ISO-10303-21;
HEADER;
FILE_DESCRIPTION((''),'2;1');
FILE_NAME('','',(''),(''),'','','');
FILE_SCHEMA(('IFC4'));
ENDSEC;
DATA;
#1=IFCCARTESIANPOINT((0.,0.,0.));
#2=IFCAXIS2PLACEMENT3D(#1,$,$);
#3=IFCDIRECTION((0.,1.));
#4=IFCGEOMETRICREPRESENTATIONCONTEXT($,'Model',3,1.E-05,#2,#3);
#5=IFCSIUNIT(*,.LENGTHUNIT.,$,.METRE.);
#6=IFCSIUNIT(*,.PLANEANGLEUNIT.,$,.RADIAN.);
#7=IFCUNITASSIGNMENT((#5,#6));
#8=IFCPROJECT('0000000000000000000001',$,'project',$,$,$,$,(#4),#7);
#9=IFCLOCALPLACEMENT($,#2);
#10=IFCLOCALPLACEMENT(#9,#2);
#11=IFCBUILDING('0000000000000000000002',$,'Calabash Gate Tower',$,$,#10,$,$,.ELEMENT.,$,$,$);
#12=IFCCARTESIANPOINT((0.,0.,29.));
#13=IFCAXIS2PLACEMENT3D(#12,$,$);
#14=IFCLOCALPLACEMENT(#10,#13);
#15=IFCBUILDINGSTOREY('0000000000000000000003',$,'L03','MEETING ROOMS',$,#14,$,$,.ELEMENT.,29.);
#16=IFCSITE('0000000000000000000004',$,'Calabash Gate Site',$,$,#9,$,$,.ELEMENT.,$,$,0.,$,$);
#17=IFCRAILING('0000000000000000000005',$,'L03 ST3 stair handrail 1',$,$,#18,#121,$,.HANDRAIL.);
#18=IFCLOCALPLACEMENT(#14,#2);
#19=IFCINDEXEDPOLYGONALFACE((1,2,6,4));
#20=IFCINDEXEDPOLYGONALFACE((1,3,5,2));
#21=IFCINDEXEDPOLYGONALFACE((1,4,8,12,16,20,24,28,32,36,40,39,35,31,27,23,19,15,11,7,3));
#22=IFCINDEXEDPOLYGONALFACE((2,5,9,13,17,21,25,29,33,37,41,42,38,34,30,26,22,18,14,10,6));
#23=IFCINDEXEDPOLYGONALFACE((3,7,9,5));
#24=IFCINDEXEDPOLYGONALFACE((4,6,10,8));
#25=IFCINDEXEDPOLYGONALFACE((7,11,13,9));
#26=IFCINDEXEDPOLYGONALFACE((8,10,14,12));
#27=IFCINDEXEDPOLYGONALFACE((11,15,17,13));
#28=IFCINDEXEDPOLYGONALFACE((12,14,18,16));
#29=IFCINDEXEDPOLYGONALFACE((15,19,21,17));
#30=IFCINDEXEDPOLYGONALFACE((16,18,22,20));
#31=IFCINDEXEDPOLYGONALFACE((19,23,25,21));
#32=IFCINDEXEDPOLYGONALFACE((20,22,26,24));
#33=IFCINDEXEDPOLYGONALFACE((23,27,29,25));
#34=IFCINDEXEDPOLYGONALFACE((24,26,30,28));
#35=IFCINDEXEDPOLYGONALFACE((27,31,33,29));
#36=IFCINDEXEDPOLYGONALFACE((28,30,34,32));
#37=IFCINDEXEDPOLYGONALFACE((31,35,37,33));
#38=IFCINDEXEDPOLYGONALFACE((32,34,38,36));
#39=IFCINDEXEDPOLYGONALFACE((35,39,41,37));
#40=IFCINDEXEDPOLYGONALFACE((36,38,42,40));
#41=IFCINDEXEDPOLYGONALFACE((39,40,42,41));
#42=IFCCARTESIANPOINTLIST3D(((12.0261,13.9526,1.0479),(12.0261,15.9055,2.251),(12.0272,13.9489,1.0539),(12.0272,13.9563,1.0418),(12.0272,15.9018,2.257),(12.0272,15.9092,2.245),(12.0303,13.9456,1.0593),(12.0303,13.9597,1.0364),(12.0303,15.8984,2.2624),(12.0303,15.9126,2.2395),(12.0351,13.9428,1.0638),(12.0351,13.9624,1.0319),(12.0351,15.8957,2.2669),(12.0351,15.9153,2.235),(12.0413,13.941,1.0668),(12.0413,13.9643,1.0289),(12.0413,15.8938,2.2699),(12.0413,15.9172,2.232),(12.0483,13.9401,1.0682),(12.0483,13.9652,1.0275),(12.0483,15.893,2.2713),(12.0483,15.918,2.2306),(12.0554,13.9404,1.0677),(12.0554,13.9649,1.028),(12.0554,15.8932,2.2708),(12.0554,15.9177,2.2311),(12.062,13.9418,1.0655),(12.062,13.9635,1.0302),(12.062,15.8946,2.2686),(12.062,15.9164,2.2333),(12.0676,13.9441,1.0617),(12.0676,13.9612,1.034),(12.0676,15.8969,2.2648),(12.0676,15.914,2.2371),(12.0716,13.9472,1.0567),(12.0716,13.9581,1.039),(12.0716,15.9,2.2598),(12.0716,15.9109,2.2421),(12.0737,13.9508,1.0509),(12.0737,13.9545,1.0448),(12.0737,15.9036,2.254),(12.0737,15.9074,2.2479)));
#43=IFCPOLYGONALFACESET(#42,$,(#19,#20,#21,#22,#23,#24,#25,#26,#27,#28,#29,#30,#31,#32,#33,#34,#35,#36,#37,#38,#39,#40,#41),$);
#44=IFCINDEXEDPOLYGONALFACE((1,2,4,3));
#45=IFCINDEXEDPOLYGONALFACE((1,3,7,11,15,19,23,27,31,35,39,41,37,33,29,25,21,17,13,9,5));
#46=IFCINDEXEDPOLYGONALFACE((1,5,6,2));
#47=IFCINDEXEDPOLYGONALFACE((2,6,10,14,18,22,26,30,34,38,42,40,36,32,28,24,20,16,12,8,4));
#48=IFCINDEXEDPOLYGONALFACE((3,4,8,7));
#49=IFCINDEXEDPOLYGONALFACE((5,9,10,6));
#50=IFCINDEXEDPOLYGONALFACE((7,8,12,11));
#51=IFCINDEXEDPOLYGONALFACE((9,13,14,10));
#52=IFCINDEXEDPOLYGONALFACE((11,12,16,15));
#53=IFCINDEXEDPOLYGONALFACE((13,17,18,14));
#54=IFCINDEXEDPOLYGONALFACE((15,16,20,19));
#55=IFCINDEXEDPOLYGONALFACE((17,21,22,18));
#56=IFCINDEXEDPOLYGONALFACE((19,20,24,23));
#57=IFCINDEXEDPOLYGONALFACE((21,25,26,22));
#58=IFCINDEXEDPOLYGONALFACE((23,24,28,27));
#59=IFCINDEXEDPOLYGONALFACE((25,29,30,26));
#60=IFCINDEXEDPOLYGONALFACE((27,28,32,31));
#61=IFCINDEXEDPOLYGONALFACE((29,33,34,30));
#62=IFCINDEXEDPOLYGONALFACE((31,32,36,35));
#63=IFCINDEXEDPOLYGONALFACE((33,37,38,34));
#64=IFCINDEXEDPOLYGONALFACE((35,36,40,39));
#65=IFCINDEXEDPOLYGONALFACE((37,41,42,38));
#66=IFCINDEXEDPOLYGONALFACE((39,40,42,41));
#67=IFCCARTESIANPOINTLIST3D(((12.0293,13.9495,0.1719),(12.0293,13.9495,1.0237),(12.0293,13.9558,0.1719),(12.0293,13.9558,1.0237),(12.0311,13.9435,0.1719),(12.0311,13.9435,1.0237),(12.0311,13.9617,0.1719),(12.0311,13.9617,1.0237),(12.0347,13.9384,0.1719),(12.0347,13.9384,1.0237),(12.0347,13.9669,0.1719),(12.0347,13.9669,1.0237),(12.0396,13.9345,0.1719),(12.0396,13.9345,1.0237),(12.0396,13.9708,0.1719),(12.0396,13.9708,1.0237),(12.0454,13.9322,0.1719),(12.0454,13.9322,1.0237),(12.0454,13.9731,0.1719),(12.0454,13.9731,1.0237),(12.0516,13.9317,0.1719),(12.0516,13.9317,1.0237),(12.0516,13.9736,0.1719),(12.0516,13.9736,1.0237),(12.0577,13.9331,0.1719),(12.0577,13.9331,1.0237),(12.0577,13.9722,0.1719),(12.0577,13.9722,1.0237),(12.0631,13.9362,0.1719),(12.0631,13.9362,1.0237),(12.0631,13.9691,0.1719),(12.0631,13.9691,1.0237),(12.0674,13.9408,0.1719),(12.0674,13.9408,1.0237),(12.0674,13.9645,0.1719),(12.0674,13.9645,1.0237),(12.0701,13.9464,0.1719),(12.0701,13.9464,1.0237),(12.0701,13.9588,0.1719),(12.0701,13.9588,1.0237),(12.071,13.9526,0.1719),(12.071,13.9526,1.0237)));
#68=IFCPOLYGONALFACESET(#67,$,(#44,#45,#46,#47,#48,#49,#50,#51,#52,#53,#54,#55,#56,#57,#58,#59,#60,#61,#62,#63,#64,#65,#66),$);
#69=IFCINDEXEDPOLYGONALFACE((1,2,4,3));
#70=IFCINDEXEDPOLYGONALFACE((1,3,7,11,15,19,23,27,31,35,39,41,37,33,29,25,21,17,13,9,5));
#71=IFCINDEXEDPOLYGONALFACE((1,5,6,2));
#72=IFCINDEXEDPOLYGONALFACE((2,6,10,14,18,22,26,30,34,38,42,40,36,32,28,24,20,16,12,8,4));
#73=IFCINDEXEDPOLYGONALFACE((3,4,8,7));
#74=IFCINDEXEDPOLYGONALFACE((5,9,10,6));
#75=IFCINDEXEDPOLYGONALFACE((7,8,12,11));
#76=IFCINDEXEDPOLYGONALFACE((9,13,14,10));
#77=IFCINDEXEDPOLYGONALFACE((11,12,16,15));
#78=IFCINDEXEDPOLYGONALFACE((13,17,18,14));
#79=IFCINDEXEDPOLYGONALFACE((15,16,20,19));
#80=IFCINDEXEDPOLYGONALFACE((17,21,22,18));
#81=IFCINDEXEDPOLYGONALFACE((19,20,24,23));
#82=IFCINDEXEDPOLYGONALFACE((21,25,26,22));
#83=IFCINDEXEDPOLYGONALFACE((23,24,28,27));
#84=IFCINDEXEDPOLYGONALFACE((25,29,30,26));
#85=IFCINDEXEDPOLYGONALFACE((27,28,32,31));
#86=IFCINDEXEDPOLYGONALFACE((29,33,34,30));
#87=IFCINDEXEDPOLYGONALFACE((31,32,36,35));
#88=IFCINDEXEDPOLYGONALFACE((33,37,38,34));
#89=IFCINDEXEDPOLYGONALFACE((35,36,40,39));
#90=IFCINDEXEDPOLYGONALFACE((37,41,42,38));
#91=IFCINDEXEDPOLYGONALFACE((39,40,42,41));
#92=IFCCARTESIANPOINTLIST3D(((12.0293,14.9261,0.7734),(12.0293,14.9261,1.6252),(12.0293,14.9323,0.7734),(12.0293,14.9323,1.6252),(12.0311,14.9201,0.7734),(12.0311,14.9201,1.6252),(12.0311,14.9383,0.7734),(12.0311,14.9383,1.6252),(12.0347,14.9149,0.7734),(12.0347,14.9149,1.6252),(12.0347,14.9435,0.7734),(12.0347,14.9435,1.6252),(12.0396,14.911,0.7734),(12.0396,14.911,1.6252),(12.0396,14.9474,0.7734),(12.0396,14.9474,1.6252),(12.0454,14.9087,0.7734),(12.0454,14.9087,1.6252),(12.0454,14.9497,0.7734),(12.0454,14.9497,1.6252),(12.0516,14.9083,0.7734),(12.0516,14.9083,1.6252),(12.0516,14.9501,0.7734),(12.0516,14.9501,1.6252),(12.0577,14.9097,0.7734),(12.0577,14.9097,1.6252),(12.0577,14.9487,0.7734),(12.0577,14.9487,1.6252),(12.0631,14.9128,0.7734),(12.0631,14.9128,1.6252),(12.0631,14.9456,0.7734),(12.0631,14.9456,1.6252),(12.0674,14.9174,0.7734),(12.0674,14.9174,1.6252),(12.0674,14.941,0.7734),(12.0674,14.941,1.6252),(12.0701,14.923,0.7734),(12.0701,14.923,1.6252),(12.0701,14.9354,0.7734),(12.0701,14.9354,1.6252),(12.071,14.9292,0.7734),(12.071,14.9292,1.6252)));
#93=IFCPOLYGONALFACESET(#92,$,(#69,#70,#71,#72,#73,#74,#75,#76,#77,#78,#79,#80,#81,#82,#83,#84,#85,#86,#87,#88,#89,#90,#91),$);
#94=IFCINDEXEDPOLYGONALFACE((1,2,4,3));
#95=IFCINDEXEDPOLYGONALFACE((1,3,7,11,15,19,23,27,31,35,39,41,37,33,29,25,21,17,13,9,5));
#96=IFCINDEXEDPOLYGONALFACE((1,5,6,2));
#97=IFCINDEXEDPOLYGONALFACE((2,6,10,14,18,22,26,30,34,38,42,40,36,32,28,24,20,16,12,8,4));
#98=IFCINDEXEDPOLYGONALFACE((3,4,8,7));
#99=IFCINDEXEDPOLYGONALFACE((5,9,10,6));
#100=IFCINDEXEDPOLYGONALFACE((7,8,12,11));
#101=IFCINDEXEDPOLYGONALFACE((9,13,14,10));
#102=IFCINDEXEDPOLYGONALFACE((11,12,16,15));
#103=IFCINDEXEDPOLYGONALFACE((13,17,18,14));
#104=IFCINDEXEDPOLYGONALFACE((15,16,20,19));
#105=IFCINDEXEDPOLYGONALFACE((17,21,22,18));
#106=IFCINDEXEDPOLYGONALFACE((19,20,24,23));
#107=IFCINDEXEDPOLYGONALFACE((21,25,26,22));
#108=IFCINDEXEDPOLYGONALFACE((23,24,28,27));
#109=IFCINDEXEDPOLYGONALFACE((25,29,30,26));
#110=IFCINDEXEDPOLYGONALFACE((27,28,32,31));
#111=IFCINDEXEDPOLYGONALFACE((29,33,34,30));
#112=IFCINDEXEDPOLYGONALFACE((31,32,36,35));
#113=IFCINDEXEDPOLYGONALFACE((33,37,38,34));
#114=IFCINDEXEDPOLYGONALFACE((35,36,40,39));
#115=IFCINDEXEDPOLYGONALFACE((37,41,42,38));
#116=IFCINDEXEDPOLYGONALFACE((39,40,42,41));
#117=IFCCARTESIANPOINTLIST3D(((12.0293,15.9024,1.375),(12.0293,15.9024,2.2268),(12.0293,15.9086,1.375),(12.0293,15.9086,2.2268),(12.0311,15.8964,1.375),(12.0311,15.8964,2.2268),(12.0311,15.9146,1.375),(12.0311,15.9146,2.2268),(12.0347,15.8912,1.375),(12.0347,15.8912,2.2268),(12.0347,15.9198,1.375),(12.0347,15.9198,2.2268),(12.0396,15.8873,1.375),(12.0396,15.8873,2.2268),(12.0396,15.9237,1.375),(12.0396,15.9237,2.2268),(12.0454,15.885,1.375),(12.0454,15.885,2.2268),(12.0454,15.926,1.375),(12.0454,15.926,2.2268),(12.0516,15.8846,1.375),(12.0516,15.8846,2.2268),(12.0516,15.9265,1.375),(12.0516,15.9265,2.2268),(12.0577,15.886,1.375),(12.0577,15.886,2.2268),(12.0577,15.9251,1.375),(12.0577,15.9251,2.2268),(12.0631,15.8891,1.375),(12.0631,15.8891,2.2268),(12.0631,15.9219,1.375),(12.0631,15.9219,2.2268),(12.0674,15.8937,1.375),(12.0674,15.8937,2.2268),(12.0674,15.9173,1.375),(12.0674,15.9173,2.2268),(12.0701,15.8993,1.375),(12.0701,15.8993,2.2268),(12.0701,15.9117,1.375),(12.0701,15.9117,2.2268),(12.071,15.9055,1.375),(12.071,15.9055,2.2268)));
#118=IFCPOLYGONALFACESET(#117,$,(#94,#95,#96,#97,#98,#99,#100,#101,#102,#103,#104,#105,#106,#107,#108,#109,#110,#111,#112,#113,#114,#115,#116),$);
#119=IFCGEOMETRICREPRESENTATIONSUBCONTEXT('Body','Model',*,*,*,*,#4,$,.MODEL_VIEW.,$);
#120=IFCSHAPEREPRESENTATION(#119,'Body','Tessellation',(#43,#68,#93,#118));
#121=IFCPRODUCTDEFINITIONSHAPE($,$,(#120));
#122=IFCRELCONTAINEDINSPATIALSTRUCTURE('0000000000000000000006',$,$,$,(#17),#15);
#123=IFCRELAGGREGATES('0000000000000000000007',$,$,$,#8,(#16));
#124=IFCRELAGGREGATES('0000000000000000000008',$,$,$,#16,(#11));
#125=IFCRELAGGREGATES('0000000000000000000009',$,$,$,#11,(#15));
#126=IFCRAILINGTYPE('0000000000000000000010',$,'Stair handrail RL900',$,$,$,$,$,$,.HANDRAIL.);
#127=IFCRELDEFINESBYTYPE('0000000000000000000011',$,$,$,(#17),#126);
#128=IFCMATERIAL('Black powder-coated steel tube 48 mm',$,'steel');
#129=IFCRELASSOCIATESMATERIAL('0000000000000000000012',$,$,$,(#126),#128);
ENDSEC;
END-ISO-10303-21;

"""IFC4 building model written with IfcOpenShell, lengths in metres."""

from ifc_helpers import new_model, si_unit, direction, frame, origin, origin_2d, place, context, subcontext, project, spatial, circle, extrude, material, type_object, element, save


model = new_model("IFC4")

# Units and contexts
model_context = context("Model", 3, precision=1e-05, world=origin(), true_north=direction((0.0, 1.0)))
body_context = subcontext(model_context, "Body", "Model", "MODEL_VIEW")
ifc_project = project(units=[si_unit("LENGTHUNIT", "METRE"), si_unit("PLANEANGLEUNIT", "RADIAN")], contexts=[model_context])

# Site, building, storey
site_placement = place(None, origin())
site = spatial("IfcSite", under=ifc_project, at=site_placement, Name="Calabash Gate Site", CompositionType="ELEMENT", RefElevation=0.0)
building_placement = place(site_placement, origin())
building = spatial("IfcBuilding", under=site, at=building_placement, Name="Calabash Gate Tower", CompositionType="ELEMENT")
storey_placement = place(building_placement, frame((0.0, 0.0, 29.0)))
storey = spatial("IfcBuildingStorey", under=building, at=storey_placement, Name="L03", Description="MEETING ROOMS", CompositionType="ELEMENT", Elevation=29.0)

# Railing
ifc_material_1 = material(Name="Black powder-coated steel tube 48 mm", Category="steel")
railing_type_1 = type_object("IfcRailingType", Name="Stair handrail RL900", PredefinedType="HANDRAIL", material=ifc_material_1)
railing_1_placement = place(storey_placement, frame((12.05, 13.9526, 0.1719)))
element("IfcRailing", 1, at=railing_1_placement, inside=storey, type_object=railing_type_1, Name="L03 ST3 stair handrail 1", PredefinedType="HANDRAIL", context=body_context, shape_type="SweptSolid", body=[
    extrude(circle(Radius=0.0239, at=origin_2d()), frame((0.0, 0.0, 0.876), z_axis=(0.0, 0.851395, 0.524525), x_axis=(-1.0, 0.0, 0.0)), (0.0, 0.0, 1.0), 2.2937),
    extrude(circle(Radius=0.021, at=origin_2d()), origin(), (0.0, 0.0, 1.0), 0.8518),
    extrude(circle(Radius=0.021, at=origin_2d()), frame((0.0, 0.9766, 0.6016)), (0.0, 0.0, 1.0), 0.8518),
    extrude(circle(Radius=0.021, at=origin_2d()), frame((0.0, 1.9529, 1.2031)), (0.0, 0.0, 1.0), 0.8518),
])

save(model, "model.ifc")
